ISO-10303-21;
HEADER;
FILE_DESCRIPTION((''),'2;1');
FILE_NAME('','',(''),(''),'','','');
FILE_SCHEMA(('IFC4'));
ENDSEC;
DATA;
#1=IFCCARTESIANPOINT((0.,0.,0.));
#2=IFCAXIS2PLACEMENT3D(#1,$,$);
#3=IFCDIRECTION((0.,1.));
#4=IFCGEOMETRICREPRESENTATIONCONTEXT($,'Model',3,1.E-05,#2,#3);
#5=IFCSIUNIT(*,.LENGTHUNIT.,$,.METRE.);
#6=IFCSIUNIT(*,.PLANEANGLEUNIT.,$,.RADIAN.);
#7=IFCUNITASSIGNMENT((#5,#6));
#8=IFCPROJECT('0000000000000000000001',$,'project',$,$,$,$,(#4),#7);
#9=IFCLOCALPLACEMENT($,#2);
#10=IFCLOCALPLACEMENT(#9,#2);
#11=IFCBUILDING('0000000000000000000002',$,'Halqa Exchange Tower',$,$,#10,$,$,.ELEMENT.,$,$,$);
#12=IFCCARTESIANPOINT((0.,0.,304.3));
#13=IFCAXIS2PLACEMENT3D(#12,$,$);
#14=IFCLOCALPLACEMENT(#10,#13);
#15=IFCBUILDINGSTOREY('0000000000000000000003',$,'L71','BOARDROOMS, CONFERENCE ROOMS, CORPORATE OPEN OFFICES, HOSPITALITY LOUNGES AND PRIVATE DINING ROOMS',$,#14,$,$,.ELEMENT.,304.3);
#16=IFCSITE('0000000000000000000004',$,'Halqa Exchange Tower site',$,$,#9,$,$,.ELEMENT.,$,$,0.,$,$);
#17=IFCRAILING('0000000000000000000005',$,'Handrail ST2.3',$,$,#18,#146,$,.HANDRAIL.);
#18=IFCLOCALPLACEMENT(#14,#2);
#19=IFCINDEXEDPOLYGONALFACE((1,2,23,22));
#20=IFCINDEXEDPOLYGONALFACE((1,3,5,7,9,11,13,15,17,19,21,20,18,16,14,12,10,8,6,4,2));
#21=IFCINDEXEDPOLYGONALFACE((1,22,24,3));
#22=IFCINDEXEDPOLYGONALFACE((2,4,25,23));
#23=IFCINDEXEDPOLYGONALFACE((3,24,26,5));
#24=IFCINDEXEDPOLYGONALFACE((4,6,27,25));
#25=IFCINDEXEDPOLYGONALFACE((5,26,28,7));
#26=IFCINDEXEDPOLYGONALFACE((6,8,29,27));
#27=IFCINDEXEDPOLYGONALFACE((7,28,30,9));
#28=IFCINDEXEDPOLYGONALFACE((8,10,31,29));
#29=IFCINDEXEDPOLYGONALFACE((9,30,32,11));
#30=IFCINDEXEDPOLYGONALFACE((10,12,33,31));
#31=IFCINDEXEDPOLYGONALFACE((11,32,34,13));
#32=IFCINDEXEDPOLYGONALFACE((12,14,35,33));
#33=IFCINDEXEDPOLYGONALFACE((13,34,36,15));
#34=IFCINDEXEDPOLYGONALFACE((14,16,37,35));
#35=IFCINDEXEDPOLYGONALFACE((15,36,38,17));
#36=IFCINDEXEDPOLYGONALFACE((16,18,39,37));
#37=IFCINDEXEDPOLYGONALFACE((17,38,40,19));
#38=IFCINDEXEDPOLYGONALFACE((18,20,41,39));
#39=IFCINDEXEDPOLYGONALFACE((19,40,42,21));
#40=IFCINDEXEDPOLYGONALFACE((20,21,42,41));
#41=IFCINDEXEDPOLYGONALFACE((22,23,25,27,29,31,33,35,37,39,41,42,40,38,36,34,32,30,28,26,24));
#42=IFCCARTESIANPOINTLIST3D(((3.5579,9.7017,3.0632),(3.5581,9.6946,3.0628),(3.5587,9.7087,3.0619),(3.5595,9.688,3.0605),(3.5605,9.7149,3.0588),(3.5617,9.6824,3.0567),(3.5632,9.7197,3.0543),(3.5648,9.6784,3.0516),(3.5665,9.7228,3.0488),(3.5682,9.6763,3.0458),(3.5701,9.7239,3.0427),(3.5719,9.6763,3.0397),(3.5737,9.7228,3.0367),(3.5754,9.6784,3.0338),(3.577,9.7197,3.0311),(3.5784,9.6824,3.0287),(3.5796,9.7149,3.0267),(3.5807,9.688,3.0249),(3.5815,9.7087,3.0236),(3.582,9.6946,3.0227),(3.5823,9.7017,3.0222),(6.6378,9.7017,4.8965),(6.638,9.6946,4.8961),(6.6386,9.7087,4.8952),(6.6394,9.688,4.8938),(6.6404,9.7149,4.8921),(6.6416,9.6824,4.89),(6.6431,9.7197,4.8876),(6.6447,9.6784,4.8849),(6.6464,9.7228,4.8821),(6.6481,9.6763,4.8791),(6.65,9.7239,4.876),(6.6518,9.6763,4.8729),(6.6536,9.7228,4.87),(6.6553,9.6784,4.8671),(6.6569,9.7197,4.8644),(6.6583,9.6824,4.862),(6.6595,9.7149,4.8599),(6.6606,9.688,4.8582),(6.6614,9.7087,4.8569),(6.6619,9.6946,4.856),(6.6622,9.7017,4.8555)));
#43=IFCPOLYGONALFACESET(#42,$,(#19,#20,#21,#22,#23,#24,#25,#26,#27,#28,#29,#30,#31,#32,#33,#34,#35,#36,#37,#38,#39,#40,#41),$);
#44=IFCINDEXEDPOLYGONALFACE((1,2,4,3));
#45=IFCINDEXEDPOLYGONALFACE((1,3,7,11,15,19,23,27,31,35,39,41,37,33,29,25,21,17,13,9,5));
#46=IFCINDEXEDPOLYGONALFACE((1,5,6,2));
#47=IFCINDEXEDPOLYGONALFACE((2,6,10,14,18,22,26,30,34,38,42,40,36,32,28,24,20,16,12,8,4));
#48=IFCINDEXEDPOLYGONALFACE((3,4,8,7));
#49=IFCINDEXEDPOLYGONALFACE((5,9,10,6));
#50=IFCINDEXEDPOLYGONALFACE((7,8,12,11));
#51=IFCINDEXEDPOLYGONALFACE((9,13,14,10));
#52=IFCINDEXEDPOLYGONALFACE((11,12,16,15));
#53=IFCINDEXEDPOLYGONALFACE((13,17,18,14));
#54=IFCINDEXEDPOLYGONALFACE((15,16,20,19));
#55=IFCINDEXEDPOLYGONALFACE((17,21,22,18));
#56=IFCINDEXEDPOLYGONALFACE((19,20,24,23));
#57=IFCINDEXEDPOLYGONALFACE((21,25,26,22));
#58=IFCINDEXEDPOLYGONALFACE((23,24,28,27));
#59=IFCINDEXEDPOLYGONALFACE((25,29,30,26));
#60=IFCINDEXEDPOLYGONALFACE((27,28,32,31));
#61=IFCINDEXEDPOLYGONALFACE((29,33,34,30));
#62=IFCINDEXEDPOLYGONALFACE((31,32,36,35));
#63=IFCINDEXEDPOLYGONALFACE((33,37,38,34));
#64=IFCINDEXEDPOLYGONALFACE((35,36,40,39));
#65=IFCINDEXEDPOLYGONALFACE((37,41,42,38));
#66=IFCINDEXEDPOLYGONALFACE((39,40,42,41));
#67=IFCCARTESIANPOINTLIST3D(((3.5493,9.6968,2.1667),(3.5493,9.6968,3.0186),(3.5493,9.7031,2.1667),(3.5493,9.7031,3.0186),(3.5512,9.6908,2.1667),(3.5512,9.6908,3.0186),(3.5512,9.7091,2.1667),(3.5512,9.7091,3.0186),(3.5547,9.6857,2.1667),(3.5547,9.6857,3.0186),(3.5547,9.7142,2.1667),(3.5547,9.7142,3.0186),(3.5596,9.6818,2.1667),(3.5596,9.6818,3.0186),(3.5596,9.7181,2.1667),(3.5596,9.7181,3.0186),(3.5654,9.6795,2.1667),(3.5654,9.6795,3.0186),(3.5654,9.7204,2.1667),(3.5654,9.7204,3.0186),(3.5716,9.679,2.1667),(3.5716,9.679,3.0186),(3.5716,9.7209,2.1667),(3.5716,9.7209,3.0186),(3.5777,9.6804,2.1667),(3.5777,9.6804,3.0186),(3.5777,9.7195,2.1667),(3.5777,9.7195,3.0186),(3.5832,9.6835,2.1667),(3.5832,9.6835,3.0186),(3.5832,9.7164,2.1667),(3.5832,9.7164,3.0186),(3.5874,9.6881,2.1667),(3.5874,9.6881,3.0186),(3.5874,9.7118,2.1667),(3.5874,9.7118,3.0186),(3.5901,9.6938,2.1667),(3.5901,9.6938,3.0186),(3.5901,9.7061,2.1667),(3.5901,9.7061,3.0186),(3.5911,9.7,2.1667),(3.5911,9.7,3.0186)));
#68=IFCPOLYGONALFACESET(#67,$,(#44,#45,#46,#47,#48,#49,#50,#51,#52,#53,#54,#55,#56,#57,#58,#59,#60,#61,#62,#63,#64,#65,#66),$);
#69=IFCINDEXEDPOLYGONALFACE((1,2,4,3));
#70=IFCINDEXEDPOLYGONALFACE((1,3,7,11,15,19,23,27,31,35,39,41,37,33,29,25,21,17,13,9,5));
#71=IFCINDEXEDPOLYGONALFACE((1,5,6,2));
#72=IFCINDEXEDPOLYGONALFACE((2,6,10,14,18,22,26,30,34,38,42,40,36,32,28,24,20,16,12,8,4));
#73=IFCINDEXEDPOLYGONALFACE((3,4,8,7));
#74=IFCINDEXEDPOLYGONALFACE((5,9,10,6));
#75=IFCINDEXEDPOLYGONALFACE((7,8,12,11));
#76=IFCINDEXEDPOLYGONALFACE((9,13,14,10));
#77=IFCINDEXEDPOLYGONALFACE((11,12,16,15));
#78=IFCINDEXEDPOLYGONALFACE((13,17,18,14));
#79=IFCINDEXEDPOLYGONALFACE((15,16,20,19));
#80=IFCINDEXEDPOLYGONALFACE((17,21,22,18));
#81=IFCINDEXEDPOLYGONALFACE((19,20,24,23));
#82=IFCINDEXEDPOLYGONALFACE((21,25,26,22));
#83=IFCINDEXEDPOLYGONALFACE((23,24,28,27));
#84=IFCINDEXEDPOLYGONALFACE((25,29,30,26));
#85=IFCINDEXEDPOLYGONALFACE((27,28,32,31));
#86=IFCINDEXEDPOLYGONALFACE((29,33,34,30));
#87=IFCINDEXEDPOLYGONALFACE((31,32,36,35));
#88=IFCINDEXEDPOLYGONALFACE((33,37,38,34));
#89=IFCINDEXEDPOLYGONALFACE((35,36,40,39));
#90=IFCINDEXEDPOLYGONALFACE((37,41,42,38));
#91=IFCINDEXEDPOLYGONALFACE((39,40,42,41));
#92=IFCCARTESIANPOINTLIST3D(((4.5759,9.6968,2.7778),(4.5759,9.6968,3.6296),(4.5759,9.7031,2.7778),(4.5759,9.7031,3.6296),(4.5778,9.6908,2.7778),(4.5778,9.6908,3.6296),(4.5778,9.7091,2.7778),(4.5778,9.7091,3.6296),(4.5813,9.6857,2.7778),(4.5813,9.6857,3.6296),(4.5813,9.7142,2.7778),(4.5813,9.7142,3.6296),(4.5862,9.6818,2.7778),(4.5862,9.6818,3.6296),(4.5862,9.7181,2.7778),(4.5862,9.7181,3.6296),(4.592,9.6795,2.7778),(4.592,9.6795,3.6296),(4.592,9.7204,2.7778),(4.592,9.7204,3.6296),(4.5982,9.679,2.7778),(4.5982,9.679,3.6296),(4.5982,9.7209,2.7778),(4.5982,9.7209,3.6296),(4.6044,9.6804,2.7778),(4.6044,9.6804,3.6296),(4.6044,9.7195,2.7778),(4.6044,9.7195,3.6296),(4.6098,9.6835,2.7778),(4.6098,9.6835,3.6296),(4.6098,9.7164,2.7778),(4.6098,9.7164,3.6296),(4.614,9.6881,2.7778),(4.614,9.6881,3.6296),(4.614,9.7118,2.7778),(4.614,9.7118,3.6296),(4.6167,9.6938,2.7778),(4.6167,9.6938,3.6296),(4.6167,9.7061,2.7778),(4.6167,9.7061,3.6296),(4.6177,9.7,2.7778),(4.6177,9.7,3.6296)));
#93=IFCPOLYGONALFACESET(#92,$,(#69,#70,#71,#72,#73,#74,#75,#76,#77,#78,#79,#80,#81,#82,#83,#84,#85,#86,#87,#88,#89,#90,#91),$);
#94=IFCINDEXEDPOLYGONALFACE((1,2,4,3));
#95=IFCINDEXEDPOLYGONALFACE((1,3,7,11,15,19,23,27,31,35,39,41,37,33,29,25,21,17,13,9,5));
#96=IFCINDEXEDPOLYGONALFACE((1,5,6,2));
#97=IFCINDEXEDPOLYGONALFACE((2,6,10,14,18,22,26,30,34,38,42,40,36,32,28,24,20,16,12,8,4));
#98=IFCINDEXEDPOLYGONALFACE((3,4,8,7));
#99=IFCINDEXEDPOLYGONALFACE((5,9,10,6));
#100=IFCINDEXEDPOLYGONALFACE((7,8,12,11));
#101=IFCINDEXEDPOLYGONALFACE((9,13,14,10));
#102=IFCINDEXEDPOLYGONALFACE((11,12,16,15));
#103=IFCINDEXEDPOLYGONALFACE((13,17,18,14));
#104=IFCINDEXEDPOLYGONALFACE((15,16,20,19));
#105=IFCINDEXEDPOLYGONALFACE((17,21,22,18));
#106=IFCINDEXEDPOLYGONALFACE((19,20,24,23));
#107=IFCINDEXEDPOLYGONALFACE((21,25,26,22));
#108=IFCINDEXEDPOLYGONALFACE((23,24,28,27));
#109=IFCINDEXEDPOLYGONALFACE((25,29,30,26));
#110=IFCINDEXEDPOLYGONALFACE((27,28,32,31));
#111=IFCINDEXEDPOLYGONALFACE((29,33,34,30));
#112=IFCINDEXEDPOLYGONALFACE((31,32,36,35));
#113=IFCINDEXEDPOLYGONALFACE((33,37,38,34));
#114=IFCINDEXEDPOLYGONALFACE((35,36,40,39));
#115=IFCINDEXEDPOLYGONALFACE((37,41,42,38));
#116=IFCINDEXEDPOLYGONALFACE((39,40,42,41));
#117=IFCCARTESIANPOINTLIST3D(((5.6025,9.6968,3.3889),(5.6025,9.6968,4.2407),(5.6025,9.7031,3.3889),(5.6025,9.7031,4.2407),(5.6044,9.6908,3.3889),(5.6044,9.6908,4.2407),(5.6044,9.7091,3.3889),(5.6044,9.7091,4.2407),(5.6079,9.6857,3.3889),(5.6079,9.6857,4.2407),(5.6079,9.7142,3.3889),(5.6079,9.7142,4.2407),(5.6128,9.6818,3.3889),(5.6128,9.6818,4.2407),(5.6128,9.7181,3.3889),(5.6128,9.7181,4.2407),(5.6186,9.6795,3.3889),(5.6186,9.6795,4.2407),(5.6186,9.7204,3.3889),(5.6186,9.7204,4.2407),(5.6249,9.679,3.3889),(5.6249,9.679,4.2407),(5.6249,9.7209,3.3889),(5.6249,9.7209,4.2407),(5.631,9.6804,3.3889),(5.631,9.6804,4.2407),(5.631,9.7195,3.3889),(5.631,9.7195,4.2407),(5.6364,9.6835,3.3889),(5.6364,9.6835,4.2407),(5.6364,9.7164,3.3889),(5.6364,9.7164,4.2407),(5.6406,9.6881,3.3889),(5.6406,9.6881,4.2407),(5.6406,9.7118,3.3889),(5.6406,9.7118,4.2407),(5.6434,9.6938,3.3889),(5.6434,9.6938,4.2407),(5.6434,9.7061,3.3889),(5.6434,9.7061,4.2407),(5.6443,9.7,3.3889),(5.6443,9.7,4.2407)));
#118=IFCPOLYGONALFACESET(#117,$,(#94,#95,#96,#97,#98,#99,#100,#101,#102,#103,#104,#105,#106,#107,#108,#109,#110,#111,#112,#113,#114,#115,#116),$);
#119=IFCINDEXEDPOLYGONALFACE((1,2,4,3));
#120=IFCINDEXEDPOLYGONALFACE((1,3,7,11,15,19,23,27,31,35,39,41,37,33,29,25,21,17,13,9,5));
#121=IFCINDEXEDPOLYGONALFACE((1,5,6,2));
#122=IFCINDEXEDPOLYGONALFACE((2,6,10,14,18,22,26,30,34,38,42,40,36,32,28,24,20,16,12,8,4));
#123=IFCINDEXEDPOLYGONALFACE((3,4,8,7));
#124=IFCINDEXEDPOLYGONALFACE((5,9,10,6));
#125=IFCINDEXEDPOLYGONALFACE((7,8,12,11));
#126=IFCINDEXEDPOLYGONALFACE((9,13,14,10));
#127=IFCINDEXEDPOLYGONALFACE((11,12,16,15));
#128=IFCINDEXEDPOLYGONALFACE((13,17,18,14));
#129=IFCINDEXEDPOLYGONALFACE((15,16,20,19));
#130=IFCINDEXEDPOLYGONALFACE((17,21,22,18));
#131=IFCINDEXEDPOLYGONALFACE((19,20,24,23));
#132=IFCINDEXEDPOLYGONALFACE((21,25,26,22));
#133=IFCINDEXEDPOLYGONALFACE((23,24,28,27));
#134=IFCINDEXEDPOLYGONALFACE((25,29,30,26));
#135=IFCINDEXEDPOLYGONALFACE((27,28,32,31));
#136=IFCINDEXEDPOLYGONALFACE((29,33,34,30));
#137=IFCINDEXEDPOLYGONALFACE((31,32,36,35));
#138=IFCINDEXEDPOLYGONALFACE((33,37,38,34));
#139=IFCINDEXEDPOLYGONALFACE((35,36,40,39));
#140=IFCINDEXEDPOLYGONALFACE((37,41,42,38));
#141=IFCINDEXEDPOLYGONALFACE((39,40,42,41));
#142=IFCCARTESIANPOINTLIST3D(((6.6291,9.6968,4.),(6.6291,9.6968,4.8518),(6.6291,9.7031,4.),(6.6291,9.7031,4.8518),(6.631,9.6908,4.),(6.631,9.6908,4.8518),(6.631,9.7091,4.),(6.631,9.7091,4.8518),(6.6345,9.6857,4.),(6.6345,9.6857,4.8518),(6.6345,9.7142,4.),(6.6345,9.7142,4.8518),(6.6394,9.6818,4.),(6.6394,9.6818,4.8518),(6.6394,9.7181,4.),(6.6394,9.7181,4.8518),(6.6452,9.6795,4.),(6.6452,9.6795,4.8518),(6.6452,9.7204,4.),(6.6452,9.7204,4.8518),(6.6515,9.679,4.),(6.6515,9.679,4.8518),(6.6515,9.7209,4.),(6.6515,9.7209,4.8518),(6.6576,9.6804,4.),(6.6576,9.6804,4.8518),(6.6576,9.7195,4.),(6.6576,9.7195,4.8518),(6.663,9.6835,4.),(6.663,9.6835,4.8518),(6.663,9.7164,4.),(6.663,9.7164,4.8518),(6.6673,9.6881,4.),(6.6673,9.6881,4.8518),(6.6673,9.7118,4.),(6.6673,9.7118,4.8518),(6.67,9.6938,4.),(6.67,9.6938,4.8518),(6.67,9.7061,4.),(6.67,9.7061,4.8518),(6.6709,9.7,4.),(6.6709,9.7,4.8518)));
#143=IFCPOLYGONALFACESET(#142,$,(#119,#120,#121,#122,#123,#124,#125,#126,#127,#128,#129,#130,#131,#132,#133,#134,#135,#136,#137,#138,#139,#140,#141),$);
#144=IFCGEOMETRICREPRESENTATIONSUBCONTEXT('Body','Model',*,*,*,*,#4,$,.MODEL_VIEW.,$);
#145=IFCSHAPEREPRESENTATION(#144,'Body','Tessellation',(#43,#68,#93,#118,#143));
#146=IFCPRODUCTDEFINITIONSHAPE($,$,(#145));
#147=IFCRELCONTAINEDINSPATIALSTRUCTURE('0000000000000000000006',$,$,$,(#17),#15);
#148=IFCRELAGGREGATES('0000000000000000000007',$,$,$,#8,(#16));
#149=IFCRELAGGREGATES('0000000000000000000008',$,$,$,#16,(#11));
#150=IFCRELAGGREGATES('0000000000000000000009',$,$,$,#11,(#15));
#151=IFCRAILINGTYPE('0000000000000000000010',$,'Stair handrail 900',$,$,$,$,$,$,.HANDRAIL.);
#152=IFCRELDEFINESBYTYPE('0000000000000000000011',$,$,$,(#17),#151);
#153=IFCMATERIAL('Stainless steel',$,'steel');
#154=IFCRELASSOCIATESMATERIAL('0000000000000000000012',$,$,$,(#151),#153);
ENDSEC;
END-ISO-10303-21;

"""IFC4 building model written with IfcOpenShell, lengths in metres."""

from ifc_helpers import new_model, si_unit, direction, frame, origin, origin_2d, place, context, subcontext, project, spatial, circle, extrude, material, type_object, element, save


model = new_model("IFC4")

# Units and contexts
model_context = context("Model", 3, precision=1e-05, world=origin(), true_north=direction((0.0, 1.0)))
body_context = subcontext(model_context, "Body", "Model", "MODEL_VIEW")
ifc_project = project(units=[si_unit("LENGTHUNIT", "METRE"), si_unit("PLANEANGLEUNIT", "RADIAN")], contexts=[model_context])

# Site, building, storey
site_placement = place(None, origin())
site = spatial("IfcSite", under=ifc_project, at=site_placement, Name="Halqa Exchange Tower site", CompositionType="ELEMENT", RefElevation=0.0)
building_placement = place(site_placement, origin())
building = spatial("IfcBuilding", under=site, at=building_placement, Name="Halqa Exchange Tower", CompositionType="ELEMENT")
storey_placement = place(building_placement, frame((0.0, 0.0, 304.3)))
storey = spatial("IfcBuildingStorey", under=building, at=storey_placement, Name="L71", Description="BOARDROOMS, CONFERENCE ROOMS, CORPORATE OPEN OFFICES, HOSPITALITY LOUNGES AND PRIVATE DINING ROOMS", CompositionType="ELEMENT", Elevation=304.3)

# Railing
ifc_material_1 = material(Name="Stainless steel", Category="steel")
railing_type_1 = type_object("IfcRailingType", Name="Stair handrail 900", PredefinedType="HANDRAIL", material=ifc_material_1)
railing_1_placement = place(storey_placement, frame((3.5701, 9.7, 2.1667)))
element("IfcRailing", 1, at=railing_1_placement, inside=storey, type_object=railing_type_1, Name="Handrail ST2.3", PredefinedType="HANDRAIL", context=body_context, shape_type="SweptSolid", body=[
    extrude(circle(Radius=0.0239, at=origin_2d()), frame((0.0, 0.0, 0.876), z_axis=(0.859291, 0.0, 0.511487), x_axis=(0.0, 1.0, 0.0)), (0.0, 0.0, 1.0), 3.5842),
    extrude(circle(Radius=0.021, at=origin_2d()), origin(), (0.0, 0.0, 1.0), 0.8518),
    extrude(circle(Radius=0.021, at=origin_2d()), frame((1.0266, 0.0, 0.6111)), (0.0, 0.0, 1.0), 0.8518),
    extrude(circle(Radius=0.021, at=origin_2d()), frame((2.0532, 0.0, 1.2222)), (0.0, 0.0, 1.0), 0.8518),
    extrude(circle(Radius=0.021, at=origin_2d()), frame((3.0798, 0.0, 1.8333)), (0.0, 0.0, 1.0), 0.8518),
])

save(model, "model.ifc")
